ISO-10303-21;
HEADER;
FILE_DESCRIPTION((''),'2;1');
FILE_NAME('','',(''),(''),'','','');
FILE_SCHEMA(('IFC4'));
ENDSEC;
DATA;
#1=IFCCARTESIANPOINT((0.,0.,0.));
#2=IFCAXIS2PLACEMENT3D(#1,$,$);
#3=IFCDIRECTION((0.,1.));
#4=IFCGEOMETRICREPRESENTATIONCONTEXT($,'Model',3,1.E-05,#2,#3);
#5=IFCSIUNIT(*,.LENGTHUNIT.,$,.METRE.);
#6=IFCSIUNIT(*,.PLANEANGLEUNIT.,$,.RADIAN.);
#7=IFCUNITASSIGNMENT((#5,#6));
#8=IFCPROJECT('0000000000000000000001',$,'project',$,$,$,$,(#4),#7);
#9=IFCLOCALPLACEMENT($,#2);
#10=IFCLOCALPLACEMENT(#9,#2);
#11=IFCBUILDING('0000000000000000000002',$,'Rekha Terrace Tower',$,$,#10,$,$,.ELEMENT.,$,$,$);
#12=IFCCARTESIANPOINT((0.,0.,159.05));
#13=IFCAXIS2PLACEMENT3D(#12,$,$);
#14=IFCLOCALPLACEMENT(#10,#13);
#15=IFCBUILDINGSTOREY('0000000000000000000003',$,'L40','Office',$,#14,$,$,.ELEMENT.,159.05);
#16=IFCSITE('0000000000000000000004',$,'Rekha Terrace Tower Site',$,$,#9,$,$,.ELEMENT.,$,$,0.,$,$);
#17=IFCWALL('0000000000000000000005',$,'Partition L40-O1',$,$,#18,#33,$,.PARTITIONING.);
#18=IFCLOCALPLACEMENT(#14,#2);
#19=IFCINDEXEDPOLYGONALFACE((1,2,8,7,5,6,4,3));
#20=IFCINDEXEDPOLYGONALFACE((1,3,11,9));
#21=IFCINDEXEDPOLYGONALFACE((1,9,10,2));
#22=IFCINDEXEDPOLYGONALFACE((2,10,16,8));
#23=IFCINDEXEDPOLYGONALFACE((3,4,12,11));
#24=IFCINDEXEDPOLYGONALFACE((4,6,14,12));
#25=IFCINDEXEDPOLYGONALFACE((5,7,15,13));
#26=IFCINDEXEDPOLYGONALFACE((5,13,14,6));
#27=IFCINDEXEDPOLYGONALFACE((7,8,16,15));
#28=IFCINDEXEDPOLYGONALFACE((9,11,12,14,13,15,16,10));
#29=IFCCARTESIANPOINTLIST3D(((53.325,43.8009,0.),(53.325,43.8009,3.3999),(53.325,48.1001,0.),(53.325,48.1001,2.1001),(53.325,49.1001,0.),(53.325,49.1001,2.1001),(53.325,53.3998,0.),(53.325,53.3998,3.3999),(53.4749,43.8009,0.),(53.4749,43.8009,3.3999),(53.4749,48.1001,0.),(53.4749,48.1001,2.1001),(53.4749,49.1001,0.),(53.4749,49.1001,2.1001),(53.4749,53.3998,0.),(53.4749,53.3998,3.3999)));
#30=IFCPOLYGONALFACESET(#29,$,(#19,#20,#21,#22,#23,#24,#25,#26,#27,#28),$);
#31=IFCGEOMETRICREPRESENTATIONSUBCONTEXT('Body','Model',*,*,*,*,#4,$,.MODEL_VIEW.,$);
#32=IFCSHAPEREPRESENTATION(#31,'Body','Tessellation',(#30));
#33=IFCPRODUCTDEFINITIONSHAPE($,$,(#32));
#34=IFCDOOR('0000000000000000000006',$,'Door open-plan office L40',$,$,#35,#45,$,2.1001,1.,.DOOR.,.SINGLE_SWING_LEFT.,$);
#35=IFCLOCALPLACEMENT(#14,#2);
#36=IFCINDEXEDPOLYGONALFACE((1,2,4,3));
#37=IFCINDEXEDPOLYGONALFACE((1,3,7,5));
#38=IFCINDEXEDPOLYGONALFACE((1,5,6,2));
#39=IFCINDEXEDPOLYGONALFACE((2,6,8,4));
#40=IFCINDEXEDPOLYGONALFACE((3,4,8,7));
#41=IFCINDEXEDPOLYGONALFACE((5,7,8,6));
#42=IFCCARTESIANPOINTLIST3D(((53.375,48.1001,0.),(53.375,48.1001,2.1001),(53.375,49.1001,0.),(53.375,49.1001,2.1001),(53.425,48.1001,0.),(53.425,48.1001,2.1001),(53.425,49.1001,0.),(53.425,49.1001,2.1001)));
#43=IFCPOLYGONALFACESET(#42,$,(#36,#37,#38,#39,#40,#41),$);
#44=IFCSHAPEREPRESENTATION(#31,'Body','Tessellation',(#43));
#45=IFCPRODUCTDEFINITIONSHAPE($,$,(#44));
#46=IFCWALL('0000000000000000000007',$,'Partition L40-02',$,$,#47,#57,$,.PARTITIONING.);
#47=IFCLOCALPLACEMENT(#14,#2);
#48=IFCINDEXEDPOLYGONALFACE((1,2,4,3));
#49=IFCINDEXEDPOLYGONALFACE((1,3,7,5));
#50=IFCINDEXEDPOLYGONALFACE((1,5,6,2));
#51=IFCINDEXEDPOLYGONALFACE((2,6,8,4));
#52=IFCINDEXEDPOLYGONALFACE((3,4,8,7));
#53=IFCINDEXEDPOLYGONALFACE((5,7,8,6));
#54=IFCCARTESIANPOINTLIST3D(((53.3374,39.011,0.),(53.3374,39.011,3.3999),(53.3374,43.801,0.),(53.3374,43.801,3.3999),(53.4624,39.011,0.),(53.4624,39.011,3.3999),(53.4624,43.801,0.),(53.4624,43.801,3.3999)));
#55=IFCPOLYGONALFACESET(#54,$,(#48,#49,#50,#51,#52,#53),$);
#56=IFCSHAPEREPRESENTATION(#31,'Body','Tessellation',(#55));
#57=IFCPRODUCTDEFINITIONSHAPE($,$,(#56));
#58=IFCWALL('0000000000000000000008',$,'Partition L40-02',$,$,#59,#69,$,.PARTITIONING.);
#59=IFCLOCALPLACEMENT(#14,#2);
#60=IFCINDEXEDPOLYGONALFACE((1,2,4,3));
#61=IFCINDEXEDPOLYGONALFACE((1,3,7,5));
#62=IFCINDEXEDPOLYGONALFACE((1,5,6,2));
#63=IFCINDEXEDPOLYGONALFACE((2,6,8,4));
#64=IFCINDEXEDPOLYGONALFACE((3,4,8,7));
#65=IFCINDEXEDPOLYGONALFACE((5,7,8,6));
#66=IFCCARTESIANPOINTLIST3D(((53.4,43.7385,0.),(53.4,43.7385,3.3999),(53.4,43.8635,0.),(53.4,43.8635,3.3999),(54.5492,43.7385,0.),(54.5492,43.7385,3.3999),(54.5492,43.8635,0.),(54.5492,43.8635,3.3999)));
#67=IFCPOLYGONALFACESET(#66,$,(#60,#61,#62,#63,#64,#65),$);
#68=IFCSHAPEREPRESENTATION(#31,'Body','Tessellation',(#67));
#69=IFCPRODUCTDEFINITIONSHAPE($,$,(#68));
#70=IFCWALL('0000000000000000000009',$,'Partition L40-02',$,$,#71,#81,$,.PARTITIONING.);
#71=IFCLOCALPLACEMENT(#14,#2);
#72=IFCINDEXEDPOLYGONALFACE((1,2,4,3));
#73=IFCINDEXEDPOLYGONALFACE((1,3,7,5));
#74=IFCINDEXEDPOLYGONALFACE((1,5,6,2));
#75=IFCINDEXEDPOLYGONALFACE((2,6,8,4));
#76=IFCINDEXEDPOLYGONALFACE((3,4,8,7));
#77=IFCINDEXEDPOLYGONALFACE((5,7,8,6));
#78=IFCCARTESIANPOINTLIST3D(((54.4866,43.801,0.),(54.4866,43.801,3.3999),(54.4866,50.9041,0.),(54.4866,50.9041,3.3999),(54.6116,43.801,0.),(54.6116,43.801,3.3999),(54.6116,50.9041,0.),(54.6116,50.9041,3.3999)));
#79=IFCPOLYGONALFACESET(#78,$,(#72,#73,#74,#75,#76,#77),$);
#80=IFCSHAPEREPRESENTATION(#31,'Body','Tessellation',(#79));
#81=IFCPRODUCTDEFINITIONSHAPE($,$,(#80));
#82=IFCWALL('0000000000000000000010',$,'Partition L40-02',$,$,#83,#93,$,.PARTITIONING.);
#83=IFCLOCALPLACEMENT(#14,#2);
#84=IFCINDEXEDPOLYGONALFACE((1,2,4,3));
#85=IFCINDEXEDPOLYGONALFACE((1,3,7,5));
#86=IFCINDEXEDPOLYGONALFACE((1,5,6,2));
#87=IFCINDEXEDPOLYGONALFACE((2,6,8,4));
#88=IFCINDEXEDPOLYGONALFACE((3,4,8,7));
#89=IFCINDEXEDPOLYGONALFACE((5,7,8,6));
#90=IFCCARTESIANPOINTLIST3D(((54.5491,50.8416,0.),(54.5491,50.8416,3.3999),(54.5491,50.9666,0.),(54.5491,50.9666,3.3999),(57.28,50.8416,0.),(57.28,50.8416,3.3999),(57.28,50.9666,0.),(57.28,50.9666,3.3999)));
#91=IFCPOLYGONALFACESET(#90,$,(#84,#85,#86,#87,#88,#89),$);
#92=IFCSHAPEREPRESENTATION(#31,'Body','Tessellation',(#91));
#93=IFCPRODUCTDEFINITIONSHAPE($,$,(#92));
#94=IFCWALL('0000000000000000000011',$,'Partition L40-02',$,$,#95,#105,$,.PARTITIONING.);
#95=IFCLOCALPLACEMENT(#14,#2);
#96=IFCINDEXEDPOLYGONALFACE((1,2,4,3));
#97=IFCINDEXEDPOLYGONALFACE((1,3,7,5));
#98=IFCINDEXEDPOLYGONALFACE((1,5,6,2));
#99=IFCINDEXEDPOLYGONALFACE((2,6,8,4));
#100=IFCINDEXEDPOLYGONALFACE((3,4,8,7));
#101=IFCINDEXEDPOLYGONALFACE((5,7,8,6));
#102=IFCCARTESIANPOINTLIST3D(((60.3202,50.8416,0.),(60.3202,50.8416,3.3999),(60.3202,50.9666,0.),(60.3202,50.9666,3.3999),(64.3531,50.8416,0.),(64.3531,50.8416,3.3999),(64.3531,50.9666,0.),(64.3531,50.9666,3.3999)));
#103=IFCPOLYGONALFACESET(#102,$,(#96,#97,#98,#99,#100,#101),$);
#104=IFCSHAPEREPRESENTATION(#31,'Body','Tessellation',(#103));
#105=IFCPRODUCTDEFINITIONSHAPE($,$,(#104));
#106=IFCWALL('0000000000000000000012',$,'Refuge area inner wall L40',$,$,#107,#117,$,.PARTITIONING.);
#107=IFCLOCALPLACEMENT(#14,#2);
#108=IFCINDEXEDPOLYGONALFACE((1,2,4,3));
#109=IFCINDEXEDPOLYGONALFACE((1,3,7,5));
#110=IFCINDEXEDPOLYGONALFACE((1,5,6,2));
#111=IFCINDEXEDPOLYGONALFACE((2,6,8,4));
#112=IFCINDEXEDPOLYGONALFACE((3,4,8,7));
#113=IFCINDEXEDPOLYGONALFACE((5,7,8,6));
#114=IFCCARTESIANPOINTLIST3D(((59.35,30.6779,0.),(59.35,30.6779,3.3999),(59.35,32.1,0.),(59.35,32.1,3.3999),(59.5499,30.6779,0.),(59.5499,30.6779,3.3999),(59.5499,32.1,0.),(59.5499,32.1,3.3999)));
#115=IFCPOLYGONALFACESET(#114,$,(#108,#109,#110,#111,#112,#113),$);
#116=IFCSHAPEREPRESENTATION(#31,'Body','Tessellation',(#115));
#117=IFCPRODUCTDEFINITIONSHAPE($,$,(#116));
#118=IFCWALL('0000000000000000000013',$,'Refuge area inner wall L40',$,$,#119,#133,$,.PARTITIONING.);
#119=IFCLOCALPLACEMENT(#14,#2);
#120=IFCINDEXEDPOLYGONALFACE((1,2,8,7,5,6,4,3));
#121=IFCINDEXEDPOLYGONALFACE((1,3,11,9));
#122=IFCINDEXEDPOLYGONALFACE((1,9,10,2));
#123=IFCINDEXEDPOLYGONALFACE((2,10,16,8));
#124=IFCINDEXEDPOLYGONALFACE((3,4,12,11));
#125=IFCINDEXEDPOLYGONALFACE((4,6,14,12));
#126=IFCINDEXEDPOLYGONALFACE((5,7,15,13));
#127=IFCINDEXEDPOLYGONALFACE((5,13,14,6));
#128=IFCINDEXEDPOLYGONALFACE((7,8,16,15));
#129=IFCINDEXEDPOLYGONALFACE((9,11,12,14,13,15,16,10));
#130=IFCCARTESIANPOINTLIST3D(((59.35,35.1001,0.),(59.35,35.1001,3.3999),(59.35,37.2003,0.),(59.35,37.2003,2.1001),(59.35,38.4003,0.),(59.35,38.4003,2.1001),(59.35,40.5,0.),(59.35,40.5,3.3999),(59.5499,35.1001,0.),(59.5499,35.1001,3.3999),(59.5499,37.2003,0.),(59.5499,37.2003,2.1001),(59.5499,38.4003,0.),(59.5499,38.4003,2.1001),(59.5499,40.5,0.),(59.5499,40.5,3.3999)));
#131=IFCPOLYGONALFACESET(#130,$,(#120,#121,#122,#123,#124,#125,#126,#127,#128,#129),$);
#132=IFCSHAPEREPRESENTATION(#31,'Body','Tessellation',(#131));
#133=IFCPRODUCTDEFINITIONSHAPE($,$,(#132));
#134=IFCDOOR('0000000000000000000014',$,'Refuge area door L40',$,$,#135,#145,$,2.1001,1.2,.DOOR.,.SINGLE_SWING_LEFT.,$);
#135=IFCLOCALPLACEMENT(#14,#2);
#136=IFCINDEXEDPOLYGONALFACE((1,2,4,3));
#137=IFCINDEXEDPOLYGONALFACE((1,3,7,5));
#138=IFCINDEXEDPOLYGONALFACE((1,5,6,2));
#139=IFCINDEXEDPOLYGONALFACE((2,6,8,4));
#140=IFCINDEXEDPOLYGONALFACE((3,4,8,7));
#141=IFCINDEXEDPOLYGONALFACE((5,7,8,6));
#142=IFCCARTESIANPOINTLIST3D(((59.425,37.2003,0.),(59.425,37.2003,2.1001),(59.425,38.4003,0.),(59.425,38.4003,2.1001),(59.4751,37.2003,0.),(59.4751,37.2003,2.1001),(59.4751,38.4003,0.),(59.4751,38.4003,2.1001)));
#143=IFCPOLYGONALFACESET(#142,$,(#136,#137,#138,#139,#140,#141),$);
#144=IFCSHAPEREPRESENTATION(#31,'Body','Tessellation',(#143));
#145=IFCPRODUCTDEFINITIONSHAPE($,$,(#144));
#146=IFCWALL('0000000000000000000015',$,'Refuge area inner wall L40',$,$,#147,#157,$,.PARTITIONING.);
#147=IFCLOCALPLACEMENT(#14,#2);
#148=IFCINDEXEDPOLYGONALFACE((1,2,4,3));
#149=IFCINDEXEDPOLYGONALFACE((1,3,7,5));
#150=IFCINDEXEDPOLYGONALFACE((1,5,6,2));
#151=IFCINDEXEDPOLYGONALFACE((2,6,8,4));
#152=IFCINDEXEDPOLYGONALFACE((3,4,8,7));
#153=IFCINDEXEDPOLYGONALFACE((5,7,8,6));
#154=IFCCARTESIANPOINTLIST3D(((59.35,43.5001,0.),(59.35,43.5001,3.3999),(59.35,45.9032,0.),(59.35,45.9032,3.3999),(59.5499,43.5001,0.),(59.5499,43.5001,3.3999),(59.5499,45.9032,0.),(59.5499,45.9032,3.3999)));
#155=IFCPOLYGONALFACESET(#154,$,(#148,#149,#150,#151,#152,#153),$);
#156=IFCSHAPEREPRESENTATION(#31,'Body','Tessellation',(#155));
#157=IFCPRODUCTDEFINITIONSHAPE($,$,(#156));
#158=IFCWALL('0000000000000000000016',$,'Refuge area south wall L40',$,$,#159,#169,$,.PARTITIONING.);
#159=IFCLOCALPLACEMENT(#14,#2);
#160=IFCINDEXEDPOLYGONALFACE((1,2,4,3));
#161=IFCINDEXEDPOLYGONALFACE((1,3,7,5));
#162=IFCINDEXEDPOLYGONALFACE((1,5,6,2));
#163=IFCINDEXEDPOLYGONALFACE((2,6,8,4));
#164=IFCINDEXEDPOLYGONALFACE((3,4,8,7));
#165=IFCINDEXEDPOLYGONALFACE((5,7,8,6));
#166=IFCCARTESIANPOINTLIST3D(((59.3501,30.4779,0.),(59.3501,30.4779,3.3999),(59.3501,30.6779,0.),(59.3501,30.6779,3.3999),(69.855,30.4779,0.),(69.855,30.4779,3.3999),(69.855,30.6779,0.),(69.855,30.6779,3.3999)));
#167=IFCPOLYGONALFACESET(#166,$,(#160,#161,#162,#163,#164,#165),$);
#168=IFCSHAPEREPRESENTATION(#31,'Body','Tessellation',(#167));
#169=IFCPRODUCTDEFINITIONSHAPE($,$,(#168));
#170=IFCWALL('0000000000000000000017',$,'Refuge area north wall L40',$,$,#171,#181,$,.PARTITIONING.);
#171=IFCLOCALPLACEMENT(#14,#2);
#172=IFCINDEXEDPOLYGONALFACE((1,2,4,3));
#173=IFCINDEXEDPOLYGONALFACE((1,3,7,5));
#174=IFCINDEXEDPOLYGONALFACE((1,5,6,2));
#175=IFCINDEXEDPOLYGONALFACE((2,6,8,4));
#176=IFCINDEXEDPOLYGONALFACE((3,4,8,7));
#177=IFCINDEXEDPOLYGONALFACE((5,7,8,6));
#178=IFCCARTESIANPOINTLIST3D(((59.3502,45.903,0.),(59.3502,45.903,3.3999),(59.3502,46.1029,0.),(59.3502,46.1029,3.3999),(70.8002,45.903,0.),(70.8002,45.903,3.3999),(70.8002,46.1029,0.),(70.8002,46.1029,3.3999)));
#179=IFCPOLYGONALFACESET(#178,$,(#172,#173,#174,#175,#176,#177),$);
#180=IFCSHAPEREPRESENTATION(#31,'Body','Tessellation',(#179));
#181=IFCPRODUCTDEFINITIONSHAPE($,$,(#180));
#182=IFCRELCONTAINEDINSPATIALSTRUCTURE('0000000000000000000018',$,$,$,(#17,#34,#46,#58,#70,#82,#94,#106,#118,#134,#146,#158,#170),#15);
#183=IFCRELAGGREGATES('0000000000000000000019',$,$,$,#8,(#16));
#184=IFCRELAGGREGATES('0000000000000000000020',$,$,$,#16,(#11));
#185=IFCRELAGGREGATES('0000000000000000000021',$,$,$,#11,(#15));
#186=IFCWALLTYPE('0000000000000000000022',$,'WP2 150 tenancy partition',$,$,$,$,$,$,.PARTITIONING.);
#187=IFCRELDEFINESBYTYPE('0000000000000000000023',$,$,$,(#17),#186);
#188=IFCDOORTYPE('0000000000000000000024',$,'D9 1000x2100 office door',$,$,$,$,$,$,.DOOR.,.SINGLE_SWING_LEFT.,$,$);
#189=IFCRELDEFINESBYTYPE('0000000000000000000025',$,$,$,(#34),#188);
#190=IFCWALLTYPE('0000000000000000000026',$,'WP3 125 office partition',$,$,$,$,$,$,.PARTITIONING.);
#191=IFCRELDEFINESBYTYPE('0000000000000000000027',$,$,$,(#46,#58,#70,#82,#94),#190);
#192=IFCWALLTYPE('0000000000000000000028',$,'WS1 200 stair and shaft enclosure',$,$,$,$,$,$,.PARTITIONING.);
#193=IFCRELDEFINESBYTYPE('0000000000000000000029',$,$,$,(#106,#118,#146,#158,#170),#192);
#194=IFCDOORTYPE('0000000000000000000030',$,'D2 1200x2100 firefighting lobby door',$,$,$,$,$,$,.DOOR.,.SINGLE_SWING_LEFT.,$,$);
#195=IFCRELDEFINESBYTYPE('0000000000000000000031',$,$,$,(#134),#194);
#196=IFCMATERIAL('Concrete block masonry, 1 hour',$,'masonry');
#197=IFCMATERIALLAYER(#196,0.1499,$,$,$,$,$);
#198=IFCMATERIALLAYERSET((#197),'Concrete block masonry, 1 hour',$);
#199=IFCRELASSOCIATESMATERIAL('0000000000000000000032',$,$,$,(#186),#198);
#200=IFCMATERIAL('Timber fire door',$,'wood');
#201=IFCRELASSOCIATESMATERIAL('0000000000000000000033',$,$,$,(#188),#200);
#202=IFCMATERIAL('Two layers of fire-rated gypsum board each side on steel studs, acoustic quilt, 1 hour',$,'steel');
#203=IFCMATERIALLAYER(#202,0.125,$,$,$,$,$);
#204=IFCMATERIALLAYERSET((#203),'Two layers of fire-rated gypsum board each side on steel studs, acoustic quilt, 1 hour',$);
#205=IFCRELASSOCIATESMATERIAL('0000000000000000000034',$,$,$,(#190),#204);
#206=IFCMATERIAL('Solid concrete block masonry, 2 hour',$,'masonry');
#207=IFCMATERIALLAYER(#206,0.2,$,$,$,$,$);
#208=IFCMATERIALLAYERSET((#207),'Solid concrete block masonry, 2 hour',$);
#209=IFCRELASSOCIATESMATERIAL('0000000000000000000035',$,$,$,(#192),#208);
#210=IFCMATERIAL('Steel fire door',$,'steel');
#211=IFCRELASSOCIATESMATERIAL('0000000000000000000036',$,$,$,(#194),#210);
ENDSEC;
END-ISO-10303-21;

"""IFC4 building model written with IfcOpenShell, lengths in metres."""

from ifc_helpers import new_model, si_unit, direction, frame, frame_2d, origin, place, context, subcontext, project, spatial, rectangle, extrude, material, layer, layer_set, type_object, element, fill, save


model = new_model("IFC4")

# Units and contexts
model_context = context("Model", 3, precision=1e-05, world=origin(), true_north=direction((0.0, 1.0)))
body_context = subcontext(model_context, "Body", "Model", "MODEL_VIEW")
ifc_project = project(units=[si_unit("LENGTHUNIT", "METRE"), si_unit("PLANEANGLEUNIT", "RADIAN")], contexts=[model_context])

# Site, building, storey
site_placement = place(None, origin())
site = spatial("IfcSite", under=ifc_project, at=site_placement, Name="Rekha Terrace Tower Site", CompositionType="ELEMENT", RefElevation=0.0)
building_placement = place(site_placement, origin())
building = spatial("IfcBuilding", under=site, at=building_placement, Name="Rekha Terrace Tower", CompositionType="ELEMENT")
storey_placement = place(building_placement, frame((0.0, 0.0, 159.05)))
storey = spatial("IfcBuildingStorey", under=building, at=storey_placement, Name="L40", Description="Office", CompositionType="ELEMENT", Elevation=159.05)

# Shared definitions
ifc_material_1 = material(Name="Concrete block masonry, 1 hour", Category="masonry")
ifc_layer_1 = layer(ifc_material_1, 0.1499)
ifc_layer_set_1 = layer_set([ifc_layer_1], Name="Concrete block masonry, 1 hour")
wall_type_1 = type_object("IfcWallType", Name="WP2 150 tenancy partition", PredefinedType="PARTITIONING", material=ifc_layer_set_1)

# Wall, opening, door
wall_1_placement = place(storey_placement, frame((53.3999, 43.801, 0.0), z_axis=(0.0, 0.0, 1.0), x_axis=(0.0, 1.0, 0.0)))
wall_1 = element("IfcWall", 1, at=wall_1_placement, inside=storey, type_object=wall_type_1, Name="Partition L40-O1", PredefinedType="PARTITIONING", context=body_context, shape_type="SweptSolid", body=[
    extrude(rectangle(XDim=9.5989, YDim=0.1499, at=frame_2d((4.7993, 0.0))), origin(), (0.0, 0.0, 1.0), 3.3999),
])
opening_1_placement = place(wall_1_placement, frame((4.2991, 0.0, 0.0)))
opening_1 = element("IfcOpeningElement", 2, at=opening_1_placement, cuts=wall_1, PredefinedType="OPENING", context=body_context, shape_type="SweptSolid", body=[
    extrude(rectangle(XDim=1.0, YDim=2.1001, at=frame_2d((0.5, 1.05))), frame((0.0, 0.085, 0.0), z_axis=(0.0, -1.0, 0.0), x_axis=(1.0, 0.0, 0.0)), (0.0, 0.0, 1.0), 0.1699),
])
ifc_material_2 = material(Name="Timber fire door", Category="wood")
door_type_1 = type_object("IfcDoorType", Name="D9 1000x2100 office door", OperationType="SINGLE_SWING_LEFT", PredefinedType="DOOR", material=ifc_material_2)
door_1_placement = place(opening_1_placement, origin())
door_1 = element("IfcDoor", 3, at=door_1_placement, inside=storey, type_object=door_type_1, Name="Door open-plan office L40", OperationType="SINGLE_SWING_LEFT", OverallHeight=2.1001, OverallWidth=1.0, PredefinedType="DOOR", context=body_context, shape_type="SweptSolid", body=[
    extrude(rectangle(XDim=1.0, YDim=2.1001, at=frame_2d((0.5, 1.05))), frame((0.0, 0.0249, 0.0), z_axis=(0.0, -1.0, 0.0), x_axis=(1.0, 0.0, 0.0)), (0.0, 0.0, 1.0), 0.05),
])
fill(opening_1, door_1)

# Walls
ifc_material_3 = material(Name="Two layers of fire-rated gypsum board each side on steel studs, acoustic quilt, 1 hour", Category="steel")
ifc_layer_2 = layer(ifc_material_3, 0.125)
ifc_layer_set_2 = layer_set([ifc_layer_2], Name="Two layers of fire-rated gypsum board each side on steel studs, acoustic quilt, 1 hour")
wall_type_2 = type_object("IfcWallType", Name="WP3 125 office partition", PredefinedType="PARTITIONING", material=ifc_layer_set_2)
wall_2_placement = place(storey_placement, frame((53.3999, 39.011, 0.0), z_axis=(0.0, 0.0, 1.0), x_axis=(0.0, 1.0, 0.0)))
element("IfcWall", 4, at=wall_2_placement, inside=storey, type_object=wall_type_2, Name="Partition L40-02", PredefinedType="PARTITIONING", context=body_context, shape_type="SweptSolid", body=[
    extrude(rectangle(XDim=4.79, YDim=0.125, at=frame_2d((2.395, 0.0))), origin(), (0.0, 0.0, 1.0), 3.3999),
])
wall_3_placement = place(storey_placement, frame((53.3999, 43.801, 0.0), z_axis=(0.0, 0.0, 1.0), x_axis=(1.0, 0.0, 0.0)))
element("IfcWall", 5, at=wall_3_placement, inside=storey, type_object=wall_type_2, Name="Partition L40-02", PredefinedType="PARTITIONING", context=body_context, shape_type="SweptSolid", body=[
    extrude(rectangle(XDim=1.1492, YDim=0.125, at=frame_2d((0.5747, 0.0))), origin(), (0.0, 0.0, 1.0), 3.3999),
])
wall_4_placement = place(storey_placement, frame((54.5491, 43.801, 0.0), z_axis=(0.0, 0.0, 1.0), x_axis=(0.0, 1.0, 0.0)))
element("IfcWall", 6, at=wall_4_placement, inside=storey, type_object=wall_type_2, Name="Partition L40-02", PredefinedType="PARTITIONING", context=body_context, shape_type="SweptSolid", body=[
    extrude(rectangle(XDim=7.103, YDim=0.125, at=frame_2d((3.5515, 0.0))), origin(), (0.0, 0.0, 1.0), 3.3999),
])
wall_5_placement = place(storey_placement, frame((54.5491, 50.9041, 0.0), z_axis=(0.0, 0.0, 1.0), x_axis=(1.0, 0.0, 0.0)))
element("IfcWall", 7, at=wall_5_placement, inside=storey, type_object=wall_type_2, Name="Partition L40-02", PredefinedType="PARTITIONING", context=body_context, shape_type="SweptSolid", body=[
    extrude(rectangle(XDim=2.731, YDim=0.125, at=frame_2d((1.3655, 0.0))), origin(), (0.0, 0.0, 1.0), 3.3999),
])
wall_6_placement = place(storey_placement, frame((60.3201, 50.9041, 0.0), z_axis=(0.0, 0.0, 1.0), x_axis=(1.0, 0.0, 0.0)))
element("IfcWall", 8, at=wall_6_placement, inside=storey, type_object=wall_type_2, Name="Partition L40-02", PredefinedType="PARTITIONING", context=body_context, shape_type="SweptSolid", body=[
    extrude(rectangle(XDim=4.033, YDim=0.125, at=frame_2d((2.0166, 0.0))), origin(), (0.0, 0.0, 1.0), 3.3999),
])
ifc_material_4 = material(Name="Solid concrete block masonry, 2 hour", Category="masonry")
ifc_layer_3 = layer(ifc_material_4, 0.2)
ifc_layer_set_3 = layer_set([ifc_layer_3], Name="Solid concrete block masonry, 2 hour")
wall_type_3 = type_object("IfcWallType", Name="WS1 200 stair and shaft enclosure", PredefinedType="PARTITIONING", material=ifc_layer_set_3)
wall_7_placement = place(storey_placement, frame((59.45, 30.678, 0.0), z_axis=(0.0, 0.0, 1.0), x_axis=(0.0, 1.0, 0.0)))
element("IfcWall", 9, at=wall_7_placement, inside=storey, type_object=wall_type_3, Name="Refuge area inner wall L40", PredefinedType="PARTITIONING", context=body_context, shape_type="SweptSolid", body=[
    extrude(rectangle(XDim=1.4221, YDim=0.2, at=frame_2d((0.7109, 0.0))), origin(), (0.0, 0.0, 1.0), 3.3999),
])

# Wall, opening, door
wall_8_placement = place(storey_placement, frame((59.45, 35.1001, 0.0), z_axis=(0.0, 0.0, 1.0), x_axis=(0.0, 1.0, 0.0)))
wall_8 = element("IfcWall", 10, at=wall_8_placement, inside=storey, type_object=wall_type_3, Name="Refuge area inner wall L40", PredefinedType="PARTITIONING", context=body_context, shape_type="SweptSolid", body=[
    extrude(rectangle(XDim=5.3999, YDim=0.2, at=frame_2d((2.7, 0.0))), origin(), (0.0, 0.0, 1.0), 3.3999),
])
opening_2_placement = place(wall_8_placement, frame((2.1001, 0.0, 0.0)))
opening_2 = element("IfcOpeningElement", 11, at=opening_2_placement, cuts=wall_8, PredefinedType="OPENING", context=body_context, shape_type="SweptSolid", body=[
    extrude(rectangle(XDim=1.2, YDim=2.1001, at=frame_2d((0.6001, 1.05))), frame((0.0, 0.1099, 0.0), z_axis=(0.0, -1.0, 0.0), x_axis=(1.0, 0.0, 0.0)), (0.0, 0.0, 1.0), 0.22),
])
ifc_material_5 = material(Name="Steel fire door", Category="steel")
door_type_2 = type_object("IfcDoorType", Name="D2 1200x2100 firefighting lobby door", OperationType="SINGLE_SWING_LEFT", PredefinedType="DOOR", material=ifc_material_5)
door_2_placement = place(opening_2_placement, origin())
door_2 = element("IfcDoor", 12, at=door_2_placement, inside=storey, type_object=door_type_2, Name="Refuge area door L40", OperationType="SINGLE_SWING_LEFT", OverallHeight=2.1001, OverallWidth=1.2, PredefinedType="DOOR", context=body_context, shape_type="SweptSolid", body=[
    extrude(rectangle(XDim=1.2, YDim=2.1001, at=frame_2d((0.6001, 1.05))), frame((0.0, 0.0249, 0.0), z_axis=(0.0, -1.0, 0.0), x_axis=(1.0, 0.0, 0.0)), (0.0, 0.0, 1.0), 0.05),
])
fill(opening_2, door_2)

# Walls
wall_9_placement = place(storey_placement, frame((59.45, 43.5, 0.0), z_axis=(0.0, 0.0, 1.0), x_axis=(0.0, 1.0, 0.0)))
element("IfcWall", 13, at=wall_9_placement, inside=storey, type_object=wall_type_3, Name="Refuge area inner wall L40", PredefinedType="PARTITIONING", context=body_context, shape_type="SweptSolid", body=[
    extrude(rectangle(XDim=2.4031, YDim=0.2, at=frame_2d((1.2017, 0.0))), origin(), (0.0, 0.0, 1.0), 3.3999),
])
wall_10_placement = place(storey_placement, frame((59.3501, 30.5779, 0.0), z_axis=(0.0, 0.0, 1.0), x_axis=(1.0, 0.0, 0.0)))
element("IfcWall", 14, at=wall_10_placement, inside=storey, type_object=wall_type_3, Name="Refuge area south wall L40", PredefinedType="PARTITIONING", context=body_context, shape_type="SweptSolid", body=[
    extrude(rectangle(XDim=10.5049, YDim=0.2, at=frame_2d((5.2524, 0.0))), origin(), (0.0, 0.0, 1.0), 3.3999),
])
wall_11_placement = place(storey_placement, frame((59.3501, 46.0029, 0.0), z_axis=(0.0, 0.0, 1.0), x_axis=(1.0, 0.0, 0.0)))
element("IfcWall", 15, at=wall_11_placement, inside=storey, type_object=wall_type_3, Name="Refuge area north wall L40", PredefinedType="PARTITIONING", context=body_context, shape_type="SweptSolid", body=[
    extrude(rectangle(XDim=11.45, YDim=0.2, at=frame_2d((5.7251, 0.0))), origin(), (0.0, 0.0, 1.0), 3.3999),
])

save(model, "model.ifc")
